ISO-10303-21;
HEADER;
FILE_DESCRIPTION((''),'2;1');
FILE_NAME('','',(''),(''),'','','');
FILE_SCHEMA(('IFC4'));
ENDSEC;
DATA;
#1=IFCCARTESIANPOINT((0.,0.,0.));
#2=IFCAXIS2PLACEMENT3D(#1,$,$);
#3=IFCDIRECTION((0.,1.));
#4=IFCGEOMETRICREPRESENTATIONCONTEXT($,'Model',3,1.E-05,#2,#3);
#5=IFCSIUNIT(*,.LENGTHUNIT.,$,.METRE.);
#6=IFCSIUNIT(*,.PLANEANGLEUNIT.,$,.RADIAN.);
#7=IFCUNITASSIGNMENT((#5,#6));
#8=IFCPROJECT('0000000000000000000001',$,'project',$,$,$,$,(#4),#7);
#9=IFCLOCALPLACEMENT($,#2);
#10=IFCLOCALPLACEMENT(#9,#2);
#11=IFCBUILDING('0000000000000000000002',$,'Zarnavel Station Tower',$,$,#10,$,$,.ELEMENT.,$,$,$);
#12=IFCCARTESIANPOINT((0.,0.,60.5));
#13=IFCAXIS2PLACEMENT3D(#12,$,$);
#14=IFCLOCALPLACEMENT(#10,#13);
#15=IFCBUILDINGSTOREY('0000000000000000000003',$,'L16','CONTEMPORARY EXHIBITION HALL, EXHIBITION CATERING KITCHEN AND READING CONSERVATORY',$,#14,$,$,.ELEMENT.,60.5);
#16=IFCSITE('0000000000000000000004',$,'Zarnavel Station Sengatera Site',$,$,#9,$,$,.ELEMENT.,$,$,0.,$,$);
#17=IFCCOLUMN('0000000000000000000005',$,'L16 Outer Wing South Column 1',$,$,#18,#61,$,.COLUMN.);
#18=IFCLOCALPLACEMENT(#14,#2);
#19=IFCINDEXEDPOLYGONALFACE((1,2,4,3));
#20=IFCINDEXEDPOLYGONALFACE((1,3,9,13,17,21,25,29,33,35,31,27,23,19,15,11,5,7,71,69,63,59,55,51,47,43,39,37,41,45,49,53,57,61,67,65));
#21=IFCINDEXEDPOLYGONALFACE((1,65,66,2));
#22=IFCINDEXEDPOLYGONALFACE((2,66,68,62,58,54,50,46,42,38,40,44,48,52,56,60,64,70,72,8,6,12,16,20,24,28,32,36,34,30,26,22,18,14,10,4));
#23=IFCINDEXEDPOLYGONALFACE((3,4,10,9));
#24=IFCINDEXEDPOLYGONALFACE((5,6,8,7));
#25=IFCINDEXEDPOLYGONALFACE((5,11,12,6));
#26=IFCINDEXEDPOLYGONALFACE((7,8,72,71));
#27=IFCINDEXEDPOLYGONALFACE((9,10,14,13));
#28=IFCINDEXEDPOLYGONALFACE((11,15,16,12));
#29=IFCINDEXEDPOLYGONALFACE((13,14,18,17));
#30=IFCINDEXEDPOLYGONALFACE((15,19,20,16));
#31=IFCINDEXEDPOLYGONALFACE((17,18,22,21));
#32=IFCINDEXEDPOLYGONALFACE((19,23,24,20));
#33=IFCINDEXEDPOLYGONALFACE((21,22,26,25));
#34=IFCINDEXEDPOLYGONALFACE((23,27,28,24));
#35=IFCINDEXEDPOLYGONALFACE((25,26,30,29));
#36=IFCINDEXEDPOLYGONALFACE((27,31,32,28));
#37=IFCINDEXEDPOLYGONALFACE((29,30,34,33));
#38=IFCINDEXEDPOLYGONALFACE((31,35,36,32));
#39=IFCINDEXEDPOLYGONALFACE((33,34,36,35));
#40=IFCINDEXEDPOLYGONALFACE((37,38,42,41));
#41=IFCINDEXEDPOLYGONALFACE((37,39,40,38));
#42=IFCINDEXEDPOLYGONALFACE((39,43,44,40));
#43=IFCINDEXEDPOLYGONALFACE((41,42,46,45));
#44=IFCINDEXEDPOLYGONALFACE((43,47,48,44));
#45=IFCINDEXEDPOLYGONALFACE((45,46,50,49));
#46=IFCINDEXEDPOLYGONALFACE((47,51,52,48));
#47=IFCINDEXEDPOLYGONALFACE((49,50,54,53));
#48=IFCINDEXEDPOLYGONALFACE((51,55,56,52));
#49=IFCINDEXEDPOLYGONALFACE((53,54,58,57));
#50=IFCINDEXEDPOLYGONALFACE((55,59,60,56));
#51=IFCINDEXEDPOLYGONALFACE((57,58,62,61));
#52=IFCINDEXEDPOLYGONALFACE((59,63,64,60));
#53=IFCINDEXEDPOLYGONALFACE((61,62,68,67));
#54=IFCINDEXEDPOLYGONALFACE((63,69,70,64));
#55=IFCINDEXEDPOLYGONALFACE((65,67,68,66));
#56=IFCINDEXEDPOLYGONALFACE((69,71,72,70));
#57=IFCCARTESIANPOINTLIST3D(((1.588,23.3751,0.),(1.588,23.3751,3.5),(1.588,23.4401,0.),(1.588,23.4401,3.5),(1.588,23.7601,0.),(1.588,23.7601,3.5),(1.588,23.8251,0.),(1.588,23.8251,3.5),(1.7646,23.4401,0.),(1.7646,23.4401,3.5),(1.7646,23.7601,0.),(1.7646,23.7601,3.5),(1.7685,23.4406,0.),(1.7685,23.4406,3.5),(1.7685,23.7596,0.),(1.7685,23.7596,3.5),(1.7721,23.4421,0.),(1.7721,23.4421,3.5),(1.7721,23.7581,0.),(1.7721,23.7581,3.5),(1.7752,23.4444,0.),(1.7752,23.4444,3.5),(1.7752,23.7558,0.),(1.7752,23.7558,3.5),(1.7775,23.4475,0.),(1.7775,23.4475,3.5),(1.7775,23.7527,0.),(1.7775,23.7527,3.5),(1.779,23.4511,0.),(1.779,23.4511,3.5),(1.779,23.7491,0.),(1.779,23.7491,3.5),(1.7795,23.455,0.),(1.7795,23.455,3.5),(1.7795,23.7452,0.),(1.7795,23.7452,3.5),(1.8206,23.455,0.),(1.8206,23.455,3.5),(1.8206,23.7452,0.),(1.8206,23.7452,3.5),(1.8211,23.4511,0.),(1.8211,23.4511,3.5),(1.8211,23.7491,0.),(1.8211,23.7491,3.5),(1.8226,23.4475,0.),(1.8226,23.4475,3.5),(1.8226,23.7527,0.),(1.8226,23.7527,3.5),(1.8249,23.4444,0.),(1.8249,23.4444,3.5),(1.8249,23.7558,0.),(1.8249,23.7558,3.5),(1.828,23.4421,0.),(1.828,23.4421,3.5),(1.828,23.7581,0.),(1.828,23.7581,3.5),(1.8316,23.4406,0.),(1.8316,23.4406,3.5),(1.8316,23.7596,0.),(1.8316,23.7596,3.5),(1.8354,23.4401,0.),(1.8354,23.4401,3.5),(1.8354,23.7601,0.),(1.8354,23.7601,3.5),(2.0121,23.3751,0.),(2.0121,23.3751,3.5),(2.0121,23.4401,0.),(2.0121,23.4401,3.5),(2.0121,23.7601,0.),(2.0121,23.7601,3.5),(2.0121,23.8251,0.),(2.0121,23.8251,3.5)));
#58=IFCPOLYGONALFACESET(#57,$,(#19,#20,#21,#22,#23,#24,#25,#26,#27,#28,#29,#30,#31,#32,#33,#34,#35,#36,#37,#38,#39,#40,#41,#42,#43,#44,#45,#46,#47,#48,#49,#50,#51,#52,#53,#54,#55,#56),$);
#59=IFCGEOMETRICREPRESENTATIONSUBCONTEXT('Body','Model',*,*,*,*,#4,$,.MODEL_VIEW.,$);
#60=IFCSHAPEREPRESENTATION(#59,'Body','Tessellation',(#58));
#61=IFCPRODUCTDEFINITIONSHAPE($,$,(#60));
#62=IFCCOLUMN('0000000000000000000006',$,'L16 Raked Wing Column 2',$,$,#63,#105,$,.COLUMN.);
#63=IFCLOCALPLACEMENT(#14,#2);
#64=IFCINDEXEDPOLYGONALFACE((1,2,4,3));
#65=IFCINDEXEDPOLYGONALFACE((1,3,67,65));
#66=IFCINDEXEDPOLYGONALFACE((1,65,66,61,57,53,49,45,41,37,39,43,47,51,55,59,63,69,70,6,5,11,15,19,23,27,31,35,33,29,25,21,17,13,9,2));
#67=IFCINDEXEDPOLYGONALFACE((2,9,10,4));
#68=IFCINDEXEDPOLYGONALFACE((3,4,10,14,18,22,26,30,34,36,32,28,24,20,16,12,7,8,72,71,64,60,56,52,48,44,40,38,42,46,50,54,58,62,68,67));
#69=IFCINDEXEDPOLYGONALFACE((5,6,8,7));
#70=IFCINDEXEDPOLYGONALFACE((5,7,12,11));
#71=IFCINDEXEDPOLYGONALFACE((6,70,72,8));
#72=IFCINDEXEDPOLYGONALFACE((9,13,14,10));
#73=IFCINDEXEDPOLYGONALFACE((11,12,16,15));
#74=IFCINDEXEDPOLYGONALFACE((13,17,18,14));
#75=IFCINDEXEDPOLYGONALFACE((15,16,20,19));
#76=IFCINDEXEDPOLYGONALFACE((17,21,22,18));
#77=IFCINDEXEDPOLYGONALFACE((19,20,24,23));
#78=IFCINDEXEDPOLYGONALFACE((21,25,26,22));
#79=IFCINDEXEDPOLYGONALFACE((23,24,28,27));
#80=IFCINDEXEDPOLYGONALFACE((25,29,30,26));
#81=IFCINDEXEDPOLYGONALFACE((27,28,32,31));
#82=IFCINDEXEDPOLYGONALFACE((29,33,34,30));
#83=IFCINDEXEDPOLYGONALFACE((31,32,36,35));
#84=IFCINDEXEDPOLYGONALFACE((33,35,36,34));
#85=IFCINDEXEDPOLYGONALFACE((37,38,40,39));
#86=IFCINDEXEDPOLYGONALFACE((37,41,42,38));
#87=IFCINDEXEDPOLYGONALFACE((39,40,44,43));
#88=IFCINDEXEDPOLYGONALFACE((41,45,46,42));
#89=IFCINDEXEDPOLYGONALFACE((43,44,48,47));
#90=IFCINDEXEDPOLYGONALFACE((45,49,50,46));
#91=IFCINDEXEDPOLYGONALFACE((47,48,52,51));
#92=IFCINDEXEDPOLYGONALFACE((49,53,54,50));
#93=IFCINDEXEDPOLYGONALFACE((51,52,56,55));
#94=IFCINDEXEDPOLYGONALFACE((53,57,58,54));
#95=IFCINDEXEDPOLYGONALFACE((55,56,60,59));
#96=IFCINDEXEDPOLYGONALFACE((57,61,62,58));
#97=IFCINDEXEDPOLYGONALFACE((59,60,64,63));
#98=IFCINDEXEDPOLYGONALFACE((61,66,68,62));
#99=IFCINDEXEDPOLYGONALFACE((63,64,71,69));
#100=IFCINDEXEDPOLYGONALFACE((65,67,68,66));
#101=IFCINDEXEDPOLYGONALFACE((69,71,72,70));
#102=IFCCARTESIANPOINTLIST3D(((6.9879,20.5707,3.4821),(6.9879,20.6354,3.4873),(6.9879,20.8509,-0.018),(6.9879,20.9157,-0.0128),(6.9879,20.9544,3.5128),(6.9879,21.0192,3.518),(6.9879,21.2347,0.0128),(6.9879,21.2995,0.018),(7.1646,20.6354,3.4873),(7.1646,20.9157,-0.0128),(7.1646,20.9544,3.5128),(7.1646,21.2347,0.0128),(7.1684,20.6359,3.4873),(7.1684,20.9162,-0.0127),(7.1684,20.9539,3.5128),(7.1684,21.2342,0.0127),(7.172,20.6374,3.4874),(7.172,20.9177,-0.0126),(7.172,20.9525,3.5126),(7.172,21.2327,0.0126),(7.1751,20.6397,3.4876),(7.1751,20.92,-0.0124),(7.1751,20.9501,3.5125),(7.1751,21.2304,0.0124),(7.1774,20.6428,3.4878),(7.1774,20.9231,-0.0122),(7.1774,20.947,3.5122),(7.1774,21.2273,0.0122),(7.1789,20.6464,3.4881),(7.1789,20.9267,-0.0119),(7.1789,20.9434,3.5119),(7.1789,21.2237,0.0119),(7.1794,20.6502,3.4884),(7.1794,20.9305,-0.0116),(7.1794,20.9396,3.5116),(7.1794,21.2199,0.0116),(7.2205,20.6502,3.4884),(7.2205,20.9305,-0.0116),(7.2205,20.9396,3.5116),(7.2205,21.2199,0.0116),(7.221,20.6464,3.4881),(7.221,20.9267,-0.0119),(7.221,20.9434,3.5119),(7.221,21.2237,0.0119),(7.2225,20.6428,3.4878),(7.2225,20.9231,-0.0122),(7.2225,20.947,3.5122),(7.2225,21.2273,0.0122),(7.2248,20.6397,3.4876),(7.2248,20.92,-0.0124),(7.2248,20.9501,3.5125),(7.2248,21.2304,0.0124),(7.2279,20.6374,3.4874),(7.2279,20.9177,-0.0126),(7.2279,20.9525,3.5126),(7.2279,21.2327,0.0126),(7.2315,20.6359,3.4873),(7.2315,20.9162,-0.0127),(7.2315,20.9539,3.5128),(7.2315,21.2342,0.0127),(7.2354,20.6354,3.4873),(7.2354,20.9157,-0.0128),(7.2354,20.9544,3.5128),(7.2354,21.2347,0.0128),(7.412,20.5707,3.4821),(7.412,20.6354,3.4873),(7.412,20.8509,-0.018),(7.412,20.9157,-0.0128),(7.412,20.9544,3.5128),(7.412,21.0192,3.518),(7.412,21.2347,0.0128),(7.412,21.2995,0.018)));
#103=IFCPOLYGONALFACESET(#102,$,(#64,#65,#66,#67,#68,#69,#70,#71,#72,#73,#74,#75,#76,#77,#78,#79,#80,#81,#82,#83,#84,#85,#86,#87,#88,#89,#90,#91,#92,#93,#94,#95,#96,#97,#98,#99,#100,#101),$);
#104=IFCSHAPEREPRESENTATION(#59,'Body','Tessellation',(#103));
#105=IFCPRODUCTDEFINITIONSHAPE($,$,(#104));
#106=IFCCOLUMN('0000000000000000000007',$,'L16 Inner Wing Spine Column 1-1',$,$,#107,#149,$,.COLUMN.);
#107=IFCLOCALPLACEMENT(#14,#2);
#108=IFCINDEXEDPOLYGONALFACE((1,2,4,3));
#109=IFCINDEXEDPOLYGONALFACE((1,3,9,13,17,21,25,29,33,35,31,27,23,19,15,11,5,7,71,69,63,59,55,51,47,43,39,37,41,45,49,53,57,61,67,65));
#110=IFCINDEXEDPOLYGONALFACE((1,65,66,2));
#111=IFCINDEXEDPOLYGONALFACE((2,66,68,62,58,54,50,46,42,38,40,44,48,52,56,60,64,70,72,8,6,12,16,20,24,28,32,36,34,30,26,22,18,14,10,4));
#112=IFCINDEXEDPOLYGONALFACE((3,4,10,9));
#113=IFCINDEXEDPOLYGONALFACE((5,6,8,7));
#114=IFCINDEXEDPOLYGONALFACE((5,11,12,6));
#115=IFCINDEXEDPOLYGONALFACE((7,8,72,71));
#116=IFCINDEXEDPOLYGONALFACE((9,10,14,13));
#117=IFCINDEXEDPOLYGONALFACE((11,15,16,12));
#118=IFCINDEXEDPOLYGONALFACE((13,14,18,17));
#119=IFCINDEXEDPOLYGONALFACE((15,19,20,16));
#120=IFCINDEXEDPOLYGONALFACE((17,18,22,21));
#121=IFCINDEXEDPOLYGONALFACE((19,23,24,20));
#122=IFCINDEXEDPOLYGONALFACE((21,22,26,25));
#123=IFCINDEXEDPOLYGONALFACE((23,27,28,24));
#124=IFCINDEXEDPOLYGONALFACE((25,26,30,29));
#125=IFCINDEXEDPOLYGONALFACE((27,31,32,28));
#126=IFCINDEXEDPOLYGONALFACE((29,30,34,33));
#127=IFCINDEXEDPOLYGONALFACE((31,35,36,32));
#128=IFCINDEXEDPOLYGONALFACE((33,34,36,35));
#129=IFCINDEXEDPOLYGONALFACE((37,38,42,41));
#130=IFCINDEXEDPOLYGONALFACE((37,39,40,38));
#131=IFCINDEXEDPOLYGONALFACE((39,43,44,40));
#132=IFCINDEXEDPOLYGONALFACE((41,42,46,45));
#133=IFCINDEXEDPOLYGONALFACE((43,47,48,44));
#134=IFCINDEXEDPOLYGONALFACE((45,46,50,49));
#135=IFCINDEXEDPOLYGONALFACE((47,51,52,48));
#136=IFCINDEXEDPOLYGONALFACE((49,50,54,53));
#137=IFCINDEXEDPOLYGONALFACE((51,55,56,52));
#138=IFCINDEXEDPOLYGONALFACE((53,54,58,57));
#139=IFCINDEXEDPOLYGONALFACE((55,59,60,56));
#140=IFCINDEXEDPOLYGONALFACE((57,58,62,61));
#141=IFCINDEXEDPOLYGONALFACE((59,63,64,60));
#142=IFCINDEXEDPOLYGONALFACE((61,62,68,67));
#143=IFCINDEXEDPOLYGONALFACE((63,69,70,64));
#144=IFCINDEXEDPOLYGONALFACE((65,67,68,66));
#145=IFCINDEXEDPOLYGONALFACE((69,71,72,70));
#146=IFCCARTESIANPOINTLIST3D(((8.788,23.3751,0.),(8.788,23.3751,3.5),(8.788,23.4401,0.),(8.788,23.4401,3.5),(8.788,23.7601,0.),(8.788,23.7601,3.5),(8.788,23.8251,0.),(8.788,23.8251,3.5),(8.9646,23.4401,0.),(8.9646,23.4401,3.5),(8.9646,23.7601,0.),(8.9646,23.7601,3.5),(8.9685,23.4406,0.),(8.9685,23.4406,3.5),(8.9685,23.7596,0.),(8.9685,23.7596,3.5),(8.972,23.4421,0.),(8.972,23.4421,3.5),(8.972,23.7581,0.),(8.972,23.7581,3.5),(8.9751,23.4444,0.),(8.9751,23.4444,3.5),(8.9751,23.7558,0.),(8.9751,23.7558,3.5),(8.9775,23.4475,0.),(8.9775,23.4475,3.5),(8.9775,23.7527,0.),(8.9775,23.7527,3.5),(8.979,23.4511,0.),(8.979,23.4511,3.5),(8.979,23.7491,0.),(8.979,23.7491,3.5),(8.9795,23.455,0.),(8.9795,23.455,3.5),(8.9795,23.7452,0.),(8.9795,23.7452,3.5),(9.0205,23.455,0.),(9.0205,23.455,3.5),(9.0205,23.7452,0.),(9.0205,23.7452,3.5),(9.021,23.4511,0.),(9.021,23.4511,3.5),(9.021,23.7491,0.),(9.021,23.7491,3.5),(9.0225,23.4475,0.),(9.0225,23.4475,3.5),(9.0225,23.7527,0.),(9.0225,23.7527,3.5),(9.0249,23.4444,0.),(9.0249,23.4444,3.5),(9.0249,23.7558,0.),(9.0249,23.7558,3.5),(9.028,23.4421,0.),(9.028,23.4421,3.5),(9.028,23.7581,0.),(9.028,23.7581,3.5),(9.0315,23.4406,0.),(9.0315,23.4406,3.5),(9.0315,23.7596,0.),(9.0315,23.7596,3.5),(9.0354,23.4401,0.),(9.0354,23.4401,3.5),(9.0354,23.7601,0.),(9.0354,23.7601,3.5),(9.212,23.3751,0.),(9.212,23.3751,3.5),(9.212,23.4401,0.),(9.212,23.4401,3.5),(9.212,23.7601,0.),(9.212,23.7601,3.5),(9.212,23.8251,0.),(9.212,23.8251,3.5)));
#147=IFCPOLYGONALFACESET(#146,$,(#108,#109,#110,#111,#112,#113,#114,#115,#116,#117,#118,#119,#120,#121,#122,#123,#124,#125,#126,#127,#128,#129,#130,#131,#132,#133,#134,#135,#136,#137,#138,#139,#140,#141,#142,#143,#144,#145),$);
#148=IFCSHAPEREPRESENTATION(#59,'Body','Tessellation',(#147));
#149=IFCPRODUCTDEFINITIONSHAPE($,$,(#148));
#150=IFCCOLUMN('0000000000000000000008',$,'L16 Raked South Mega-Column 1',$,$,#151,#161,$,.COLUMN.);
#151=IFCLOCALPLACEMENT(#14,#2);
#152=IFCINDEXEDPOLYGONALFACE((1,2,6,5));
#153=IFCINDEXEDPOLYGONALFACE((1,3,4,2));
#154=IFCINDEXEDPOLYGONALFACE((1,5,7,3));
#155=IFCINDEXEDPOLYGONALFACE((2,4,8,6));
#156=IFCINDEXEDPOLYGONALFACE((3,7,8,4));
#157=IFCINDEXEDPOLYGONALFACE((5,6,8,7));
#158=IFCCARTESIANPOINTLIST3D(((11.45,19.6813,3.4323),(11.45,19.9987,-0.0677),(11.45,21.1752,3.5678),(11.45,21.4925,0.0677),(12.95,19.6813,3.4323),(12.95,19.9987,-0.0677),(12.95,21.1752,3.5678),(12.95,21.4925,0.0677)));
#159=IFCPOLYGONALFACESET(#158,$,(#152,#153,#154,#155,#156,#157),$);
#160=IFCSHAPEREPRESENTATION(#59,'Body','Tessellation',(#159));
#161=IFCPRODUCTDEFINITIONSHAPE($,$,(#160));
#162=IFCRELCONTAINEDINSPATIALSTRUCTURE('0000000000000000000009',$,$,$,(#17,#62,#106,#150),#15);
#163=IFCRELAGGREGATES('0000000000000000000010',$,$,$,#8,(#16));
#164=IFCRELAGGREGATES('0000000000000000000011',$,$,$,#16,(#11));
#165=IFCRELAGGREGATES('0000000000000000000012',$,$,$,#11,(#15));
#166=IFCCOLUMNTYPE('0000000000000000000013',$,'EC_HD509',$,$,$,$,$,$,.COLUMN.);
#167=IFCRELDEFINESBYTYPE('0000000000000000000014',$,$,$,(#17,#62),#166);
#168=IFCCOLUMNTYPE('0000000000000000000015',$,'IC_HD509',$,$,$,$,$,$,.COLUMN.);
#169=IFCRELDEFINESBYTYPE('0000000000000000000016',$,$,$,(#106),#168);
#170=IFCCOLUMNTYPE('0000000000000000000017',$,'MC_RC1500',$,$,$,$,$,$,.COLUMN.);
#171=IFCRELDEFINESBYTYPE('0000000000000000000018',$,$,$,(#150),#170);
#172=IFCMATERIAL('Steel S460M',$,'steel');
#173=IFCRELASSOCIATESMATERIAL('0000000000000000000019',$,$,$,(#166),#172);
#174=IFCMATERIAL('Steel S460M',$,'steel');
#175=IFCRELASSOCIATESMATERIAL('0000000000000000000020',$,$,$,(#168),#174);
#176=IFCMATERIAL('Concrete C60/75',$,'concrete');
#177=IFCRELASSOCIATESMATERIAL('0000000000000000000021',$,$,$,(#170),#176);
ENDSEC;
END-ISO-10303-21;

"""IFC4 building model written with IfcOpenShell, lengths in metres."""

from ifc_helpers import new_model, si_unit, direction, frame, origin, origin_2d, place, context, subcontext, project, spatial, rectangle, i_section, extrude, material, material_profile, profile_set, type_object, element, save


model = new_model("IFC4")

# Units and contexts
model_context = context("Model", 3, precision=1e-05, world=origin(), true_north=direction((0.0, 1.0)))
body_context = subcontext(model_context, "Body", "Model", "MODEL_VIEW")
ifc_project = project(units=[si_unit("LENGTHUNIT", "METRE"), si_unit("PLANEANGLEUNIT", "RADIAN")], contexts=[model_context])

# Site, building, storey
site_placement = place(None, origin())
site = spatial("IfcSite", under=ifc_project, at=site_placement, Name="Zarnavel Station Sengatera Site", CompositionType="ELEMENT", RefElevation=0.0)
building_placement = place(site_placement, origin())
building = spatial("IfcBuilding", under=site, at=building_placement, Name="Zarnavel Station Tower", CompositionType="ELEMENT")
storey_placement = place(building_placement, frame((0.0, 0.0, 60.5)))
storey = spatial("IfcBuildingStorey", under=building, at=storey_placement, Name="L16", Description="CONTEMPORARY EXHIBITION HALL, EXHIBITION CATERING KITCHEN AND READING CONSERVATORY", CompositionType="ELEMENT", Elevation=60.5)

# Columns
ifc_material_1 = material(Name="Steel S460M", Category="steel")
ifc_material_profile_1 = material_profile(ifc_material_1, i_section(OverallWidth=0.4241, OverallDepth=0.45, WebThickness=0.041, FlangeThickness=0.0649, FilletRadius=0.0149, at=origin_2d()), Name="HD400x509")
ifc_profile_set_1 = profile_set([ifc_material_profile_1], Name="Steel S460M")
column_type_1 = type_object("IfcColumnType", Name="EC_HD509", PredefinedType="COLUMN", material=ifc_profile_set_1)
column_1_placement = place(storey_placement, frame((1.8, 23.6001, 0.0), z_axis=(0.0, 0.0, 1.0), x_axis=(1.0, 0.0, 0.0)))
element("IfcColumn", 1, at=column_1_placement, inside=storey, type_object=column_type_1, Name="L16 Outer Wing South Column 1", PredefinedType="COLUMN", context=body_context, shape_type="SweptSolid", body=[
    extrude(i_section(OverallWidth=0.4241, OverallDepth=0.45, WebThickness=0.041, FlangeThickness=0.0649, FilletRadius=0.0149, at=origin_2d()), origin(), (0.0, 0.0, 1.0), 3.5),
])
column_2_placement = place(storey_placement, frame((7.2, 21.0752, 0.0), z_axis=(0.0, -0.079823, 0.996809), x_axis=(1.0, 0.0, 0.0)))
element("IfcColumn", 2, at=column_2_placement, inside=storey, type_object=column_type_1, Name="L16 Raked Wing Column 2", PredefinedType="COLUMN", context=body_context, shape_type="SweptSolid", body=[
    extrude(i_section(OverallWidth=0.4241, OverallDepth=0.45, WebThickness=0.041, FlangeThickness=0.0649, FilletRadius=0.0149, at=origin_2d()), origin(), (0.0, 0.0, 1.0), 3.5112),
])
ifc_material_2 = material(Name="Steel S460M", Category="steel")
ifc_material_profile_2 = material_profile(ifc_material_2, i_section(OverallWidth=0.4241, OverallDepth=0.45, WebThickness=0.041, FlangeThickness=0.0649, FilletRadius=0.0149, at=origin_2d()), Name="HD400x509")
ifc_profile_set_2 = profile_set([ifc_material_profile_2], Name="Steel S460M")
column_type_2 = type_object("IfcColumnType", Name="IC_HD509", PredefinedType="COLUMN", material=ifc_profile_set_2)
column_3_placement = place(storey_placement, frame((9.0, 23.6001, 0.0), z_axis=(0.0, 0.0, 1.0), x_axis=(1.0, 0.0, 0.0)))
element("IfcColumn", 3, at=column_3_placement, inside=storey, type_object=column_type_2, Name="L16 Inner Wing Spine Column 1-1", PredefinedType="COLUMN", context=body_context, shape_type="SweptSolid", body=[
    extrude(i_section(OverallWidth=0.4241, OverallDepth=0.45, WebThickness=0.041, FlangeThickness=0.0649, FilletRadius=0.0149, at=origin_2d()), origin(), (0.0, 0.0, 1.0), 3.5),
])
ifc_material_3 = material(Name="Concrete C60/75", Category="concrete")
ifc_material_profile_3 = material_profile(ifc_material_3, rectangle(XDim=1.5, YDim=1.5, at=origin_2d()), Name="RC1500x1500")
ifc_profile_set_3 = profile_set([ifc_material_profile_3], Name="Concrete C60/75")
column_type_3 = type_object("IfcColumnType", Name="MC_RC1500", PredefinedType="COLUMN", material=ifc_profile_set_3)
column_4_placement = place(storey_placement, frame((12.2, 20.7456, 0.0), z_axis=(0.0, -0.09031, 0.995914), x_axis=(1.0, 0.0, 0.0)))
element("IfcColumn", 4, at=column_4_placement, inside=storey, type_object=column_type_3, Name="L16 Raked South Mega-Column 1", PredefinedType="COLUMN", context=body_context, shape_type="SweptSolid", body=[
    extrude(rectangle(XDim=1.5, YDim=1.5, at=origin_2d()), origin(), (0.0, 0.0, 1.0), 3.5144),
])

save(model, "model.ifc")
